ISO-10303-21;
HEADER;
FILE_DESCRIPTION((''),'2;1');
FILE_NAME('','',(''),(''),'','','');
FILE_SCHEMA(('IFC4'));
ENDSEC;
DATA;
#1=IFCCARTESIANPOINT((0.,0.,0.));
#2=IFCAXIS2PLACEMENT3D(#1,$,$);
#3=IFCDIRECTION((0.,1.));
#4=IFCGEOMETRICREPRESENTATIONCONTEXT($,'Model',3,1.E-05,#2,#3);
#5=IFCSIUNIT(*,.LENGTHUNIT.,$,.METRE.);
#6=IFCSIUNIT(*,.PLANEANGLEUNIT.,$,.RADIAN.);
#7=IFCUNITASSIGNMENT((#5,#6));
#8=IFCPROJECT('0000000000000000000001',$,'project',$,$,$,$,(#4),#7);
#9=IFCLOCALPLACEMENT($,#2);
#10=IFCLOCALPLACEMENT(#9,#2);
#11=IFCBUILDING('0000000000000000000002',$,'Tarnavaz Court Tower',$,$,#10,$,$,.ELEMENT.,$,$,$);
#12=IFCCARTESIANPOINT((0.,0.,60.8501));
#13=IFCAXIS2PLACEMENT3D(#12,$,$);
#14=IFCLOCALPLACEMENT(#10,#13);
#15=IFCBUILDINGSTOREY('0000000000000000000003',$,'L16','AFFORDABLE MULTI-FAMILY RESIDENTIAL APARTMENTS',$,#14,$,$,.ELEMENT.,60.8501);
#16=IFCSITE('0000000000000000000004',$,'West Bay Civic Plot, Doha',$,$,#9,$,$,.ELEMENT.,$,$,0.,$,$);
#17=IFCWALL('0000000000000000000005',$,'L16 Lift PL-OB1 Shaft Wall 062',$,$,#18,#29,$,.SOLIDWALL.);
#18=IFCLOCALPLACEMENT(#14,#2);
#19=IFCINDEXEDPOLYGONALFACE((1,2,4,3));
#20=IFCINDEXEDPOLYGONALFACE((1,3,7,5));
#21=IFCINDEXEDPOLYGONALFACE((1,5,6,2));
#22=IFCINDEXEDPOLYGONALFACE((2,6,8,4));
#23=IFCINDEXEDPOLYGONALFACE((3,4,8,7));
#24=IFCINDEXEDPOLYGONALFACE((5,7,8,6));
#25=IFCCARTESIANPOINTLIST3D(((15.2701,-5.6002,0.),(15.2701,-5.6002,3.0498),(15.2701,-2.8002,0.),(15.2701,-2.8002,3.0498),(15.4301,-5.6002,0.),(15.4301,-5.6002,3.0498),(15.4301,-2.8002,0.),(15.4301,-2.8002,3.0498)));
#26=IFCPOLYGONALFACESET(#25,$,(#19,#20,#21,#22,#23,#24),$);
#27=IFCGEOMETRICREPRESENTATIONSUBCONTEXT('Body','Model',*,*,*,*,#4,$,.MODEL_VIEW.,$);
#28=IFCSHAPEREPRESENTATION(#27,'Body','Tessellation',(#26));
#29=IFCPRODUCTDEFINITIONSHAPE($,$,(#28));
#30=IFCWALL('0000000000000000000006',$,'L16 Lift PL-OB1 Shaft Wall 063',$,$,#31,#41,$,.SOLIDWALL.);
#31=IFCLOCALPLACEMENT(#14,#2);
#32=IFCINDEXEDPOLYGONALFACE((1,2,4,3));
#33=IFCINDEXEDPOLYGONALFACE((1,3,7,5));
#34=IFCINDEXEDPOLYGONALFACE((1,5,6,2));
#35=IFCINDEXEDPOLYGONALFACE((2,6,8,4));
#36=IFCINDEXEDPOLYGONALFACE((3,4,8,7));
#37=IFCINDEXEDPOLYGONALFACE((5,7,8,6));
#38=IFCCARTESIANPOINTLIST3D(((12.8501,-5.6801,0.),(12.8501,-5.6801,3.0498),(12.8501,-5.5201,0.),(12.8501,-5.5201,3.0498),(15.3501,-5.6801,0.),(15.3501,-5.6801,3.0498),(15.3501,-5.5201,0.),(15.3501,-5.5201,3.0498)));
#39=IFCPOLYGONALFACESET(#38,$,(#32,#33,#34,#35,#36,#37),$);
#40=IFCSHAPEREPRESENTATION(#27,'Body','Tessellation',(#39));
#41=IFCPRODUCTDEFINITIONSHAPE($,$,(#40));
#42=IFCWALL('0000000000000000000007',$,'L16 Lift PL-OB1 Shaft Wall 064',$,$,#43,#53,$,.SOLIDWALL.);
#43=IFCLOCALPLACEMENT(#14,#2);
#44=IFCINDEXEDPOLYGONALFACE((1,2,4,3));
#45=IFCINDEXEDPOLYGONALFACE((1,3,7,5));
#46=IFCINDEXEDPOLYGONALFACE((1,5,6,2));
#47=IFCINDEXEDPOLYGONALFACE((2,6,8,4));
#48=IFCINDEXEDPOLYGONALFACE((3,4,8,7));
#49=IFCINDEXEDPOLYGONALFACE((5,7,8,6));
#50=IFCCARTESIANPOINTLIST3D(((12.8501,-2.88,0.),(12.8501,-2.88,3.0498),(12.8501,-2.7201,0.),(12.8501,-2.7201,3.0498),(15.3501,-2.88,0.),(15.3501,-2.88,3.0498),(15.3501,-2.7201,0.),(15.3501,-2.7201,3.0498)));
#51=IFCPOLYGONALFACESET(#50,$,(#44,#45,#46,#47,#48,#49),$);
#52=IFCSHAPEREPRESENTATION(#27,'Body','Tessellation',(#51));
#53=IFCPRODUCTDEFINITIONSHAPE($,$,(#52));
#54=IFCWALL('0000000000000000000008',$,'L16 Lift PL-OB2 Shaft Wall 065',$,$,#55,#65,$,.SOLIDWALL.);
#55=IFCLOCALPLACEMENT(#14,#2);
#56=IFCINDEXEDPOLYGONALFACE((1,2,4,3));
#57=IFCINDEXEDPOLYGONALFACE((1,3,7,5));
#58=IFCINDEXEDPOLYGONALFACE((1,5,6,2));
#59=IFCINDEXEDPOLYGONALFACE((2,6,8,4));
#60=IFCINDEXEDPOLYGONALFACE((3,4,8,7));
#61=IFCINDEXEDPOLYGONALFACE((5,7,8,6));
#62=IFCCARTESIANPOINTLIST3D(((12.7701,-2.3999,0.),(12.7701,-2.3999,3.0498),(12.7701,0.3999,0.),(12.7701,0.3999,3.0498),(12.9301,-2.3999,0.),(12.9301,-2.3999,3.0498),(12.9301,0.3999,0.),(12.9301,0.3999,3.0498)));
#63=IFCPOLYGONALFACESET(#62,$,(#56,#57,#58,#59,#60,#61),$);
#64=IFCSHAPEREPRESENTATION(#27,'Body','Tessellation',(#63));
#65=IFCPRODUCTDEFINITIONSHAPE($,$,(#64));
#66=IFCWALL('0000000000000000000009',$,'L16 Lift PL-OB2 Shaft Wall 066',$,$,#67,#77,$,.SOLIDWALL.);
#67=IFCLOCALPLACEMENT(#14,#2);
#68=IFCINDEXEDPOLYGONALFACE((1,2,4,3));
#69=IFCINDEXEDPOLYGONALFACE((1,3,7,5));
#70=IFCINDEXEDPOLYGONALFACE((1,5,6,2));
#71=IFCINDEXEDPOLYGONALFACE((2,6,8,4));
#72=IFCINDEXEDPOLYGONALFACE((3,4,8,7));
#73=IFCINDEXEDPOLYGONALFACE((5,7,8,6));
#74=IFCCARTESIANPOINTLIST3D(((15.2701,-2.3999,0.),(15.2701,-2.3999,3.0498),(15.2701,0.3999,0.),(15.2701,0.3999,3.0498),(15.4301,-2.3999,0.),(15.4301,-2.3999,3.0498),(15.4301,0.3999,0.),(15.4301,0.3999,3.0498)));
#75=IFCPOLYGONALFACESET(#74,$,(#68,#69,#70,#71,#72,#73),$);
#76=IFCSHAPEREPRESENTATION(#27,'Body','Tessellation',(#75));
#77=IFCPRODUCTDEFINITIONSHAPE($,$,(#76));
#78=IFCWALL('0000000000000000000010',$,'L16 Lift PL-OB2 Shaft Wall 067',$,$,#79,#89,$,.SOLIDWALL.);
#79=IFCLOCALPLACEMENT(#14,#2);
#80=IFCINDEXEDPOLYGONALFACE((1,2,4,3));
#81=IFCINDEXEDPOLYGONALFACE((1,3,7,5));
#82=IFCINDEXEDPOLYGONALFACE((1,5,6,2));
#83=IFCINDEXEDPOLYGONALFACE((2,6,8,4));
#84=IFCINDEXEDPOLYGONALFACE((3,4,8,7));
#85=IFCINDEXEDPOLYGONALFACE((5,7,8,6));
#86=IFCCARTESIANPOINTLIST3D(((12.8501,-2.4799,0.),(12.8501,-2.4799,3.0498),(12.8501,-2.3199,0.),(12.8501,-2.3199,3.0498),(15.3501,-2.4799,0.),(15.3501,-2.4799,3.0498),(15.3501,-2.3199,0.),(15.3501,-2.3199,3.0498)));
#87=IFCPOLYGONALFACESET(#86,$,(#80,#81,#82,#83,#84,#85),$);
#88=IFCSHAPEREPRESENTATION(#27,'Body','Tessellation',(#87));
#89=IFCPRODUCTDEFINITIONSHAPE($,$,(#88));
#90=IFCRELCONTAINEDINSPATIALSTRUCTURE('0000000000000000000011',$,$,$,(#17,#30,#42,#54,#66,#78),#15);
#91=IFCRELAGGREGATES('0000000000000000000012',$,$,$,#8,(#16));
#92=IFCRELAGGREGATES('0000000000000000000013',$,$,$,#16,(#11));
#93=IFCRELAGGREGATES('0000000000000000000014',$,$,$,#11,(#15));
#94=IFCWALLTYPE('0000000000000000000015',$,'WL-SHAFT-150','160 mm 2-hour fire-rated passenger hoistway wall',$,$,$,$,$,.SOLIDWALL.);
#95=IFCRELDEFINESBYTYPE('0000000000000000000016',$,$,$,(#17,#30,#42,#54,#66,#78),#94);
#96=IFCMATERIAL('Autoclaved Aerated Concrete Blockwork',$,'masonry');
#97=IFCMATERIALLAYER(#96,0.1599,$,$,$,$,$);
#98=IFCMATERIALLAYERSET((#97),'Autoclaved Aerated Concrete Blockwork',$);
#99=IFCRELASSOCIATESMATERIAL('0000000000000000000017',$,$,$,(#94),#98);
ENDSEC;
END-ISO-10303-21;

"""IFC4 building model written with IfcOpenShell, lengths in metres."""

from ifc_helpers import new_model, si_unit, direction, frame, frame_2d, origin, place, context, subcontext, project, spatial, rectangle, extrude, material, layer, layer_set, type_object, element, save


model = new_model("IFC4")

# Units and contexts
model_context = context("Model", 3, precision=1e-05, world=origin(), true_north=direction((0.0, 1.0)))
body_context = subcontext(model_context, "Body", "Model", "MODEL_VIEW")
ifc_project = project(units=[si_unit("LENGTHUNIT", "METRE"), si_unit("PLANEANGLEUNIT", "RADIAN")], contexts=[model_context])

# Site, building, storey
site_placement = place(None, origin())
site = spatial("IfcSite", under=ifc_project, at=site_placement, Name="West Bay Civic Plot, Doha", CompositionType="ELEMENT", RefElevation=0.0)
building_placement = place(site_placement, origin())
building = spatial("IfcBuilding", under=site, at=building_placement, Name="Tarnavaz Court Tower", CompositionType="ELEMENT")
storey_placement = place(building_placement, frame((0.0, 0.0, 60.8501)))
storey = spatial("IfcBuildingStorey", under=building, at=storey_placement, Name="L16", Description="AFFORDABLE MULTI-FAMILY RESIDENTIAL APARTMENTS", CompositionType="ELEMENT", Elevation=60.8501)

# Walls
ifc_material_1 = material(Name="Autoclaved Aerated Concrete Blockwork", Category="masonry")
ifc_layer_1 = layer(ifc_material_1, 0.1599)
ifc_layer_set_1 = layer_set([ifc_layer_1], Name="Autoclaved Aerated Concrete Blockwork")
wall_type_1 = type_object("IfcWallType", Name="WL-SHAFT-150", Description="160 mm 2-hour fire-rated passenger hoistway wall", PredefinedType="SOLIDWALL", material=ifc_layer_set_1)
wall_1_placement = place(storey_placement, frame((15.3501, -5.6001, 0.0), z_axis=(0.0, 0.0, 1.0), x_axis=(0.0, 1.0, 0.0)))
element("IfcWall", 1, at=wall_1_placement, inside=storey, type_object=wall_type_1, Name="L16 Lift PL-OB1 Shaft Wall 062", PredefinedType="SOLIDWALL", context=body_context, shape_type="SweptSolid", body=[
    extrude(rectangle(XDim=2.8, YDim=0.1599, at=frame_2d((1.3999, 0.0))), origin(), (0.0, 0.0, 1.0), 3.0498),
])
for number, where, z_axis, x_axis, name in (
    (2, (12.8501, -5.6001, 0.0), (0.0, 0.0, 1.0), (1.0, 0.0, 0.0), "L16 Lift PL-OB1 Shaft Wall 063"),
    (3, (12.8501, -2.8, 0.0), (0.0, 0.0, 1.0), (1.0, 0.0, 0.0), "L16 Lift PL-OB1 Shaft Wall 064"),
):
    element("IfcWall", number, at=place(storey_placement, frame(where, z_axis=z_axis, x_axis=x_axis)), inside=storey, type_object=wall_type_1, Name=name, PredefinedType="SOLIDWALL", context=body_context, shape_type="SweptSolid", body=[
        extrude(rectangle(XDim=2.5, YDim=0.1599, at=frame_2d((1.25, 0.0))), origin(), (0.0, 0.0, 1.0), 3.0498),
    ])
for number, where, z_axis, x_axis, name in (
    (4, (12.8501, -2.3999, 0.0), (0.0, 0.0, 1.0), (0.0, 1.0, 0.0), "L16 Lift PL-OB2 Shaft Wall 065"),
    (5, (15.3501, -2.3999, 0.0), (0.0, 0.0, 1.0), (0.0, 1.0, 0.0), "L16 Lift PL-OB2 Shaft Wall 066"),
):
    element("IfcWall", number, at=place(storey_placement, frame(where, z_axis=z_axis, x_axis=x_axis)), inside=storey, type_object=wall_type_1, Name=name, PredefinedType="SOLIDWALL", context=body_context, shape_type="SweptSolid", body=[
        extrude(rectangle(XDim=2.7998, YDim=0.1599, at=frame_2d((1.3999, 0.0))), origin(), (0.0, 0.0, 1.0), 3.0498),
    ])
wall_2_placement = place(storey_placement, frame((12.8501, -2.3999, 0.0), z_axis=(0.0, 0.0, 1.0), x_axis=(1.0, 0.0, 0.0)))
element("IfcWall", 6, at=wall_2_placement, inside=storey, type_object=wall_type_1, Name="L16 Lift PL-OB2 Shaft Wall 067", PredefinedType="SOLIDWALL", context=body_context, shape_type="SweptSolid", body=[
    extrude(rectangle(XDim=2.5, YDim=0.1599, at=frame_2d((1.25, 0.0))), origin(), (0.0, 0.0, 1.0), 3.0498),
])

save(model, "model.ifc")
